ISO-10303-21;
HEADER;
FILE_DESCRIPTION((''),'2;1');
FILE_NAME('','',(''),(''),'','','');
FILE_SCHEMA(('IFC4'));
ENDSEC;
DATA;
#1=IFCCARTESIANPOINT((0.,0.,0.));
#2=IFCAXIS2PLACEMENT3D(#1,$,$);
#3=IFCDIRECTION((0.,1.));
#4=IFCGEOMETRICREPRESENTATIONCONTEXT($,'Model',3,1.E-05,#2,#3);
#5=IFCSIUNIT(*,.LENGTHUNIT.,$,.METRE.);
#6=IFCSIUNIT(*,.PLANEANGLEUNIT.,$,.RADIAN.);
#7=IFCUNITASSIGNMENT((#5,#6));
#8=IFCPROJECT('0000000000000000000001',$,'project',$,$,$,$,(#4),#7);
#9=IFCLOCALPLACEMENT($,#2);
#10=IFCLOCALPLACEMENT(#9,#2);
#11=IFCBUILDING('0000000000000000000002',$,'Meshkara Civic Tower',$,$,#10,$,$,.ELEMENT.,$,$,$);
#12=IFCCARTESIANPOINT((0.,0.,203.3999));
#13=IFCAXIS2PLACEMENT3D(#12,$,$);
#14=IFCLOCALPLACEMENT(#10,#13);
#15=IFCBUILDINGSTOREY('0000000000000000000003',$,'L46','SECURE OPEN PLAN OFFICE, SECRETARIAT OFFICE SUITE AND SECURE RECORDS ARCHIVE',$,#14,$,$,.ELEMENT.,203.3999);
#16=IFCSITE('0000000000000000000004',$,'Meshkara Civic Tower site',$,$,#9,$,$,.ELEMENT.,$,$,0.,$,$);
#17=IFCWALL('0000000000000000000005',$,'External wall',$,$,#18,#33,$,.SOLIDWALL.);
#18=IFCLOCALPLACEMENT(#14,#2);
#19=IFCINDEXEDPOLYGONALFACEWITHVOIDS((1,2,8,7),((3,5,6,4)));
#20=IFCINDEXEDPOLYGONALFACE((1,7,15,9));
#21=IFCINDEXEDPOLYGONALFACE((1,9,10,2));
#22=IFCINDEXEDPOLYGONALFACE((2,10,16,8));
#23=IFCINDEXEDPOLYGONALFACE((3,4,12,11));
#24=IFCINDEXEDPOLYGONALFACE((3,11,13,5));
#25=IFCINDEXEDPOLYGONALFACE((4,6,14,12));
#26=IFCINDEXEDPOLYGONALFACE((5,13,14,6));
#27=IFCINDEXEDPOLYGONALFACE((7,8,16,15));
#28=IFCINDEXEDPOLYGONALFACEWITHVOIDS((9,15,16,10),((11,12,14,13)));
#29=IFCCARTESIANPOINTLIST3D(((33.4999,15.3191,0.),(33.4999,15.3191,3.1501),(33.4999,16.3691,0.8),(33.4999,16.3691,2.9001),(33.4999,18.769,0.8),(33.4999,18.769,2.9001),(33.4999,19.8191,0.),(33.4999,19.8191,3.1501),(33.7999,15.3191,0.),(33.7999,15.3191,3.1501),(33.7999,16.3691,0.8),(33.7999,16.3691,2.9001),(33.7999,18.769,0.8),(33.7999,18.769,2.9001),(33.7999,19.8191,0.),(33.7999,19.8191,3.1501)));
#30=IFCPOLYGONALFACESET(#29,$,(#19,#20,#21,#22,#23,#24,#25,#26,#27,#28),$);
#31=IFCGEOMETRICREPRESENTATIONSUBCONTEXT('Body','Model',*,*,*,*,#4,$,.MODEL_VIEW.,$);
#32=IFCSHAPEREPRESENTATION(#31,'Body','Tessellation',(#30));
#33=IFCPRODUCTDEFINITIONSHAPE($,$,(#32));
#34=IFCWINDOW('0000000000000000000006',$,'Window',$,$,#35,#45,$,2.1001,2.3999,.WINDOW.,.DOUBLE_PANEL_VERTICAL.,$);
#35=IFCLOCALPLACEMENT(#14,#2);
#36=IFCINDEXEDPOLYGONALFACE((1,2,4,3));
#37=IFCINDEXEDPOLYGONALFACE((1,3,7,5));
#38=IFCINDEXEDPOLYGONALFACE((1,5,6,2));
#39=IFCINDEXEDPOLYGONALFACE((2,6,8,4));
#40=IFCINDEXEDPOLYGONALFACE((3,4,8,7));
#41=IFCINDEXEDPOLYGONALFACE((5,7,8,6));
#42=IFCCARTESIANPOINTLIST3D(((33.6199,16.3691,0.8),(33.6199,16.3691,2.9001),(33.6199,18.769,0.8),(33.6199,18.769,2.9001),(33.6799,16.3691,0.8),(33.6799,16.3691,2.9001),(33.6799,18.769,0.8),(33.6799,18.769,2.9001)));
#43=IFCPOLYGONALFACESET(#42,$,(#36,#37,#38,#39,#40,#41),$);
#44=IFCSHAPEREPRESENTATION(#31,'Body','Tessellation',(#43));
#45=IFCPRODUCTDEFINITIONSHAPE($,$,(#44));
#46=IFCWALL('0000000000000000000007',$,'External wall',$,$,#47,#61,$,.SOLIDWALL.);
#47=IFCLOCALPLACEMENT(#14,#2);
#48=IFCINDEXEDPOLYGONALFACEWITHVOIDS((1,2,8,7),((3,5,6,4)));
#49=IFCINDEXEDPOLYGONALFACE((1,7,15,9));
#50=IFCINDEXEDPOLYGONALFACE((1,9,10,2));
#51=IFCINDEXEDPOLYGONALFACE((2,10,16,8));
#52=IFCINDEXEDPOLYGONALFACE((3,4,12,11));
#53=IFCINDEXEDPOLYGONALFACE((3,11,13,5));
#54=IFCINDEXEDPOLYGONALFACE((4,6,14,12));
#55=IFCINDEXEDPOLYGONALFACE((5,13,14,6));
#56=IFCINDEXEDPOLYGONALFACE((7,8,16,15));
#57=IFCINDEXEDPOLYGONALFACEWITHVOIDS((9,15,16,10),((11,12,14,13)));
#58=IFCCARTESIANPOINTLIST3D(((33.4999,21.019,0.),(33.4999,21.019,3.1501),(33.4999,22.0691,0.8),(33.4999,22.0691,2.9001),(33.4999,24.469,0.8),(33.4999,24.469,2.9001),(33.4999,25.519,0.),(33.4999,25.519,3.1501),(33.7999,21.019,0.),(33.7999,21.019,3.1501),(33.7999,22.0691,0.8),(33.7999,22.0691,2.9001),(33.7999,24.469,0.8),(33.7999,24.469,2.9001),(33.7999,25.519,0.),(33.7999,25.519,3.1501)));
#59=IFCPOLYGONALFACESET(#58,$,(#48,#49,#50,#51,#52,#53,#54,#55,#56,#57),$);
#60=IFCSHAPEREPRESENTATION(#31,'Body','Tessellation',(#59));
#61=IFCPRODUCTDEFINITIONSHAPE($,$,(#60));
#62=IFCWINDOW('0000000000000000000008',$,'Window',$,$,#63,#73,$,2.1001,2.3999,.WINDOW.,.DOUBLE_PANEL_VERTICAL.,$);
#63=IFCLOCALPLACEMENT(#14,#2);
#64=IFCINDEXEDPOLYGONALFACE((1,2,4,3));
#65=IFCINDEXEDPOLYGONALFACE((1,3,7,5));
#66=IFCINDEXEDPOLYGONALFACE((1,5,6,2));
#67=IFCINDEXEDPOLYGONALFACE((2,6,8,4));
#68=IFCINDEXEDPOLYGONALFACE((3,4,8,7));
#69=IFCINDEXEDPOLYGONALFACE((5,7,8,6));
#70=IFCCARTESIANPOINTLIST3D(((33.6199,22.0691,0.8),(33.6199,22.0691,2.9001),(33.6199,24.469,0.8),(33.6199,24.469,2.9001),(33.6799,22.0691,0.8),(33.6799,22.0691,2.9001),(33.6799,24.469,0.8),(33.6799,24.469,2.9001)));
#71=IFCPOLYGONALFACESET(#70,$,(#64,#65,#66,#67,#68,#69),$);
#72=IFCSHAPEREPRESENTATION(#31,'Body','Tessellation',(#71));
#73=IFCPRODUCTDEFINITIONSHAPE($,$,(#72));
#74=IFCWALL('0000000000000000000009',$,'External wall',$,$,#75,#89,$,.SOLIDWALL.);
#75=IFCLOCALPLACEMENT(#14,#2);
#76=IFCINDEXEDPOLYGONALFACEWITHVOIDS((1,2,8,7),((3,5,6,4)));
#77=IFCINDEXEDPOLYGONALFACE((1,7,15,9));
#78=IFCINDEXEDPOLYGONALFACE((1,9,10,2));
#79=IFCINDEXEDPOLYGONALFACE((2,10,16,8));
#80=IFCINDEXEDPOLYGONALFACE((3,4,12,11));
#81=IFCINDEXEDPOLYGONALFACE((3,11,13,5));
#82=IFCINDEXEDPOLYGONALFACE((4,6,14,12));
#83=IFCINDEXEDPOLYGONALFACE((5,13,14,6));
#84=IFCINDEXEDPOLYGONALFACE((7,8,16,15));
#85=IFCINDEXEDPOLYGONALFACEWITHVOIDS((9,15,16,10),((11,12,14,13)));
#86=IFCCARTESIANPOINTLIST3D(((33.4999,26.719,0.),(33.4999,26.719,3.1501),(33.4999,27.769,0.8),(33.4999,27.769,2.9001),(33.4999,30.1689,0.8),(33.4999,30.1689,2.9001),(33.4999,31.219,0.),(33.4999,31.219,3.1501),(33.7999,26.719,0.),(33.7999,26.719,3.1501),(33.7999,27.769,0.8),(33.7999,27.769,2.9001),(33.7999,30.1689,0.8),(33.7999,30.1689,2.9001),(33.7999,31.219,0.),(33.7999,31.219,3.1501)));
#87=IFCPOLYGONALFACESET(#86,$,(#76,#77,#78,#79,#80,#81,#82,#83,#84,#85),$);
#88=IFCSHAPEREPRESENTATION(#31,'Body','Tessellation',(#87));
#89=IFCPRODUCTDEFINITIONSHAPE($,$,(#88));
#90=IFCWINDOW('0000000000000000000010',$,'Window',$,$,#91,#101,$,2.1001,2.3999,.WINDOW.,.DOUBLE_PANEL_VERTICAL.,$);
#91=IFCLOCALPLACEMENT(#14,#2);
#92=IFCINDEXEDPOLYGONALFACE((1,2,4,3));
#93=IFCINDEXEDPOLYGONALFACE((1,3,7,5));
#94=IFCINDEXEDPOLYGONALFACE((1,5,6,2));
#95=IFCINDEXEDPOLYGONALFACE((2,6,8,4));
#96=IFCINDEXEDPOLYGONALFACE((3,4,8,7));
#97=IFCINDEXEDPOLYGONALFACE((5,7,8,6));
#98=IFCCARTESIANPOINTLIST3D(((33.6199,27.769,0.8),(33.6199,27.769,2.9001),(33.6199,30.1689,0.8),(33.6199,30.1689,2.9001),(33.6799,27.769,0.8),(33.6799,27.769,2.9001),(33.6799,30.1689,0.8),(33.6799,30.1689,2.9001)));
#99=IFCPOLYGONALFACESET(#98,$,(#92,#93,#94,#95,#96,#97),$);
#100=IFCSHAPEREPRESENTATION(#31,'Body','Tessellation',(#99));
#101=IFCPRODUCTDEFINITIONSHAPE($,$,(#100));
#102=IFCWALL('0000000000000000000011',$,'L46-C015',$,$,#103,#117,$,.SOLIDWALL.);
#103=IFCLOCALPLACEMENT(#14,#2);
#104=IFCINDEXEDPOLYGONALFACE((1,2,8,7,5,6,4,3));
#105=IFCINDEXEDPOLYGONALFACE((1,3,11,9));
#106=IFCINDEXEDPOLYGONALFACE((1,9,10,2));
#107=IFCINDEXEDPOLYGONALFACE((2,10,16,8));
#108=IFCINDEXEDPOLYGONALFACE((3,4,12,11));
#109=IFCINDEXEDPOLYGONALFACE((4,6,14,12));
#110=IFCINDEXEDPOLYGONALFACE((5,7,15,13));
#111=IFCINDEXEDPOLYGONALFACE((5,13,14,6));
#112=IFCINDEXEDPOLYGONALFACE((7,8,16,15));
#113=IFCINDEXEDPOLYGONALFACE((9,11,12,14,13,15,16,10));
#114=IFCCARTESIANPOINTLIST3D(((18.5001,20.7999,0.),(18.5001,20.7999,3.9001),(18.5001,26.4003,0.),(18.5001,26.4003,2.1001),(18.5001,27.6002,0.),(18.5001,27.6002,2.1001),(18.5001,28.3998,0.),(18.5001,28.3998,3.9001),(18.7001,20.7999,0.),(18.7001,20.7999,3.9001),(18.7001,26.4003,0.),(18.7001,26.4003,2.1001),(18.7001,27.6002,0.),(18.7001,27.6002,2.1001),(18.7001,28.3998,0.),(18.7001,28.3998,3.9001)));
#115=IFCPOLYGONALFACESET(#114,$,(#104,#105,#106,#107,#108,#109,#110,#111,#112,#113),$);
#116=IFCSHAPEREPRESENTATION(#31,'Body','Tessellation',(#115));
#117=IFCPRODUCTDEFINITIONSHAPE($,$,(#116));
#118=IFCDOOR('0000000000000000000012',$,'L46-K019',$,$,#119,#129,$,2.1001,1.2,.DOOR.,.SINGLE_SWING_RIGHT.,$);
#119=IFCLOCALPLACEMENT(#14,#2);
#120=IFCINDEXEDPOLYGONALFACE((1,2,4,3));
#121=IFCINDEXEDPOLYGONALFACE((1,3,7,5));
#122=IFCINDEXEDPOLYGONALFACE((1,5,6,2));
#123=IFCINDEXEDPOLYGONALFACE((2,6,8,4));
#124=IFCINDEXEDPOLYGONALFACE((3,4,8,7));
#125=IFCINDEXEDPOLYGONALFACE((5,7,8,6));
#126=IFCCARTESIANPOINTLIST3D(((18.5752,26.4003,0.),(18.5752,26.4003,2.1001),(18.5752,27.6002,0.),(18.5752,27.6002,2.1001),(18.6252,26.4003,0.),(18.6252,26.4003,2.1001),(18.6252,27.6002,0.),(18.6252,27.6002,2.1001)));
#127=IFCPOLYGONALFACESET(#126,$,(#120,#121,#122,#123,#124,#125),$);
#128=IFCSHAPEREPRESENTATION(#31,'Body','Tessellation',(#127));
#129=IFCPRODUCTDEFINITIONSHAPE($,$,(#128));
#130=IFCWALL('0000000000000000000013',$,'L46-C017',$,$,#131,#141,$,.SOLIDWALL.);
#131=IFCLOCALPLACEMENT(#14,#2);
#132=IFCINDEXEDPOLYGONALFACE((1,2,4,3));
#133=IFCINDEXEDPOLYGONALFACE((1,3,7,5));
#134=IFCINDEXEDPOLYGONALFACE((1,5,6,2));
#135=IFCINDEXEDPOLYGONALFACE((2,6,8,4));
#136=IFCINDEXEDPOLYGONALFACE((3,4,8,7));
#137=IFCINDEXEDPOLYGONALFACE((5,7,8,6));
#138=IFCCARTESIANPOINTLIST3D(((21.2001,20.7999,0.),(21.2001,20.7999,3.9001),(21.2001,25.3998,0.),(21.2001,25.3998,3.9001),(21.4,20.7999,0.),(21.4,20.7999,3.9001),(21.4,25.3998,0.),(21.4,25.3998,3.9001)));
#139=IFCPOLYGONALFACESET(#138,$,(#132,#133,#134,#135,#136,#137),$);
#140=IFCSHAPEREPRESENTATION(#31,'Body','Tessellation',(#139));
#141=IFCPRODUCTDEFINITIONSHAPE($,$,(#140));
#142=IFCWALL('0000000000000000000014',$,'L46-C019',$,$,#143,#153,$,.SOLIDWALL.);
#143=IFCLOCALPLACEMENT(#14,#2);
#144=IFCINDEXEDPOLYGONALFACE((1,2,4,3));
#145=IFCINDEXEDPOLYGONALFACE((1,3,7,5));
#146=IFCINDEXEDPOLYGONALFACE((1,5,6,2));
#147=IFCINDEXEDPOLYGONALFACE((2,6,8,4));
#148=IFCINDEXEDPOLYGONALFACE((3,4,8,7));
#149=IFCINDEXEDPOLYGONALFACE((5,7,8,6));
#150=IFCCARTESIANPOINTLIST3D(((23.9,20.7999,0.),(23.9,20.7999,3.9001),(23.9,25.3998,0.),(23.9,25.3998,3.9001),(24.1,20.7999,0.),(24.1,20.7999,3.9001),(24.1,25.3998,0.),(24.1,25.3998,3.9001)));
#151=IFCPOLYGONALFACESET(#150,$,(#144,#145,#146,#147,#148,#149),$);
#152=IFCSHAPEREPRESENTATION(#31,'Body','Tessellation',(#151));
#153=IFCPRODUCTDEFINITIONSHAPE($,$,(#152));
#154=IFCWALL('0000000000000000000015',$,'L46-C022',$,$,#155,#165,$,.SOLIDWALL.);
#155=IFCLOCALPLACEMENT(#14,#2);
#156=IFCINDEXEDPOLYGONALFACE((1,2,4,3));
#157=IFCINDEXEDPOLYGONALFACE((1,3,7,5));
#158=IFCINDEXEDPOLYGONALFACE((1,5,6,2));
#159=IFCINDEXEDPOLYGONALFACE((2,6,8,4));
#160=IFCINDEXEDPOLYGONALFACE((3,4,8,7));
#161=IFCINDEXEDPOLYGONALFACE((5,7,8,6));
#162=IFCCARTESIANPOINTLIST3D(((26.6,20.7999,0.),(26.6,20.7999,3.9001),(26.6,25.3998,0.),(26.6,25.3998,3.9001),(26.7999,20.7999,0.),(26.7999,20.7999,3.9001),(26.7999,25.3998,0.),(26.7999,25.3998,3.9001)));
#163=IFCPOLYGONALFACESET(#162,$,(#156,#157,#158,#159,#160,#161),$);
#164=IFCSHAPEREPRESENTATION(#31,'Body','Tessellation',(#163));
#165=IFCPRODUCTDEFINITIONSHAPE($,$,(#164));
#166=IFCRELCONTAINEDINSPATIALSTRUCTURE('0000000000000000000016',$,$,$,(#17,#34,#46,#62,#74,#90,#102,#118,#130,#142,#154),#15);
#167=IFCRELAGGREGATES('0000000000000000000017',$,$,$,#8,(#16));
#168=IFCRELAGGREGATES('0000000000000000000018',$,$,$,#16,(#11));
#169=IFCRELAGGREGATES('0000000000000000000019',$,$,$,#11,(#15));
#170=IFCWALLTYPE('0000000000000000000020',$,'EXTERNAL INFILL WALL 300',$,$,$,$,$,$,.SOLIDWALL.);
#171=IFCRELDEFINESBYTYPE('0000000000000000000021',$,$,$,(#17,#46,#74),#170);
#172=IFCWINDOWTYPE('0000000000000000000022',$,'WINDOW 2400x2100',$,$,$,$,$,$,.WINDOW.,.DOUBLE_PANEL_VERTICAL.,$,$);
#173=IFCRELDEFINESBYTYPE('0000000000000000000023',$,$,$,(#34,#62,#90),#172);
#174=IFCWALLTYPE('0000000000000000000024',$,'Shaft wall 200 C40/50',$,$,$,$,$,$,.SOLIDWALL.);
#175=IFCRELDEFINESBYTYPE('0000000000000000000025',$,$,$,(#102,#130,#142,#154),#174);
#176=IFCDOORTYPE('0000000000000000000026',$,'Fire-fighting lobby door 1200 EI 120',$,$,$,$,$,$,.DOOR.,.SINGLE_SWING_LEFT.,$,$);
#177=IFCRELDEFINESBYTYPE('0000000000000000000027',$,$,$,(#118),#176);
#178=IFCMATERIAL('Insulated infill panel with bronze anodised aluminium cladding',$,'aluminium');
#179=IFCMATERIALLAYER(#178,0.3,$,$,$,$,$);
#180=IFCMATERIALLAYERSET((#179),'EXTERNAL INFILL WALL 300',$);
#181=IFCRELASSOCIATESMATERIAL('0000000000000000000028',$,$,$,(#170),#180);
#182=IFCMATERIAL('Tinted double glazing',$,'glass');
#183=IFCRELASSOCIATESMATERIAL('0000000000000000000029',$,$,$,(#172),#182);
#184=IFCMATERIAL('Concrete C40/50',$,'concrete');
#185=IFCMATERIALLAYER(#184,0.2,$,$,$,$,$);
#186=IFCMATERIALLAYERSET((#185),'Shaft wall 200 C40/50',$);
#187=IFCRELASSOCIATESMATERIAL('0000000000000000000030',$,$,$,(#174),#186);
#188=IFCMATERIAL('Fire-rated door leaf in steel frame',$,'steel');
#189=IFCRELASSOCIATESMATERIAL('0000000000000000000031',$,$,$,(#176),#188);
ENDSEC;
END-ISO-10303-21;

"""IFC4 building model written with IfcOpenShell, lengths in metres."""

from ifc_helpers import new_model, si_unit, direction, frame, frame_2d, origin, place, context, subcontext, project, spatial, rectangle, extrude, material, layer, layer_set, type_object, element, fill, save


model = new_model("IFC4")

# Units and contexts
model_context = context("Model", 3, precision=1e-05, world=origin(), true_north=direction((0.0, 1.0)))
body_context = subcontext(model_context, "Body", "Model", "MODEL_VIEW")
ifc_project = project(units=[si_unit("LENGTHUNIT", "METRE"), si_unit("PLANEANGLEUNIT", "RADIAN")], contexts=[model_context])

# Site, building, storey
site_placement = place(None, origin())
site = spatial("IfcSite", under=ifc_project, at=site_placement, Name="Meshkara Civic Tower site", CompositionType="ELEMENT", RefElevation=0.0)
building_placement = place(site_placement, origin())
building = spatial("IfcBuilding", under=site, at=building_placement, Name="Meshkara Civic Tower", CompositionType="ELEMENT")
storey_placement = place(building_placement, frame((0.0, 0.0, 203.3999)))
storey = spatial("IfcBuildingStorey", under=building, at=storey_placement, Name="L46", Description="SECURE OPEN PLAN OFFICE, SECRETARIAT OFFICE SUITE AND SECURE RECORDS ARCHIVE", CompositionType="ELEMENT", Elevation=203.3999)

# Walls, openings, windows
ifc_material_1 = material(Name="Insulated infill panel with bronze anodised aluminium cladding", Category="aluminium")
ifc_layer_1 = layer(ifc_material_1, 0.3)
ifc_layer_set_1 = layer_set([ifc_layer_1], Name="EXTERNAL INFILL WALL 300")
wall_type_1 = type_object("IfcWallType", Name="EXTERNAL INFILL WALL 300", PredefinedType="SOLIDWALL", material=ifc_layer_set_1)
ifc_material_2 = material(Name="Tinted double glazing", Category="glass")
window_type = type_object("IfcWindowType", Name="WINDOW 2400x2100", PartitioningType="DOUBLE_PANEL_VERTICAL", PredefinedType="WINDOW", material=ifc_material_2)
wall_1_placement = place(storey_placement, frame((33.6499, 15.3191, 0.0), z_axis=(0.0, 0.0, 1.0), x_axis=(0.0, 1.0, 0.0)))
wall_1 = element("IfcWall", 1, at=wall_1_placement, inside=storey, type_object=wall_type_1, Name="External wall", PredefinedType="SOLIDWALL", context=body_context, shape_type="SweptSolid", body=[
    extrude(rectangle(XDim=4.5, YDim=0.3, at=frame_2d((2.25, 0.0))), origin(), (0.0, 0.0, 1.0), 3.1501),
])
opening_1_placement = place(wall_1_placement, frame((1.05, 0.0, 0.8)))
opening_1 = element("IfcOpeningElement", 2, at=opening_1_placement, cuts=wall_1, PredefinedType="OPENING", context=body_context, shape_type="SweptSolid", body=[
    extrude(rectangle(XDim=2.3999, YDim=2.1001, at=frame_2d((1.2, 1.05))), frame((0.0, 0.1599, 0.0), z_axis=(0.0, -1.0, 0.0), x_axis=(1.0, 0.0, 0.0)), (0.0, 0.0, 1.0), 0.3201),
])
window_1_placement = place(opening_1_placement, origin())
window_1 = element("IfcWindow", 3, at=window_1_placement, inside=storey, type_object=window_type, Name="Window", OverallHeight=2.1001, OverallWidth=2.3999, PartitioningType="DOUBLE_PANEL_VERTICAL", PredefinedType="WINDOW", context=body_context, shape_type="SweptSolid", body=[
    extrude(rectangle(XDim=2.3999, YDim=2.1001, at=frame_2d((1.2, 1.05))), frame((0.0, 0.03, 0.0), z_axis=(0.0, -1.0, 0.0), x_axis=(1.0, 0.0, 0.0)), (0.0, 0.0, 1.0), 0.0601),
])
fill(opening_1, window_1)
wall_2_placement = place(storey_placement, frame((33.6499, 21.019, 0.0), z_axis=(0.0, 0.0, 1.0), x_axis=(0.0, 1.0, 0.0)))
wall_2 = element("IfcWall", 4, at=wall_2_placement, inside=storey, type_object=wall_type_1, Name="External wall", PredefinedType="SOLIDWALL", context=body_context, shape_type="SweptSolid", body=[
    extrude(rectangle(XDim=4.5, YDim=0.3, at=frame_2d((2.25, 0.0))), origin(), (0.0, 0.0, 1.0), 3.1501),
])
opening_2_placement = place(wall_2_placement, frame((1.05, 0.0, 0.8)))
opening_2 = element("IfcOpeningElement", 5, at=opening_2_placement, cuts=wall_2, PredefinedType="OPENING", context=body_context, shape_type="SweptSolid", body=[
    extrude(rectangle(XDim=2.3999, YDim=2.1001, at=frame_2d((1.2, 1.05))), frame((0.0, 0.1599, 0.0), z_axis=(0.0, -1.0, 0.0), x_axis=(1.0, 0.0, 0.0)), (0.0, 0.0, 1.0), 0.3201),
])
window_2_placement = place(opening_2_placement, origin())
window_2 = element("IfcWindow", 6, at=window_2_placement, inside=storey, type_object=window_type, Name="Window", OverallHeight=2.1001, OverallWidth=2.3999, PartitioningType="DOUBLE_PANEL_VERTICAL", PredefinedType="WINDOW", context=body_context, shape_type="SweptSolid", body=[
    extrude(rectangle(XDim=2.3999, YDim=2.1001, at=frame_2d((1.2, 1.05))), frame((0.0, 0.03, 0.0), z_axis=(0.0, -1.0, 0.0), x_axis=(1.0, 0.0, 0.0)), (0.0, 0.0, 1.0), 0.0601),
])
fill(opening_2, window_2)
wall_3_placement = place(storey_placement, frame((33.6499, 26.719, 0.0), z_axis=(0.0, 0.0, 1.0), x_axis=(0.0, 1.0, 0.0)))
wall_3 = element("IfcWall", 7, at=wall_3_placement, inside=storey, type_object=wall_type_1, Name="External wall", PredefinedType="SOLIDWALL", context=body_context, shape_type="SweptSolid", body=[
    extrude(rectangle(XDim=4.5, YDim=0.3, at=frame_2d((2.25, 0.0))), origin(), (0.0, 0.0, 1.0), 3.1501),
])
opening_3_placement = place(wall_3_placement, frame((1.05, 0.0, 0.8)))
opening_3 = element("IfcOpeningElement", 8, at=opening_3_placement, cuts=wall_3, PredefinedType="OPENING", context=body_context, shape_type="SweptSolid", body=[
    extrude(rectangle(XDim=2.3999, YDim=2.1001, at=frame_2d((1.2, 1.05))), frame((0.0, 0.1599, 0.0), z_axis=(0.0, -1.0, 0.0), x_axis=(1.0, 0.0, 0.0)), (0.0, 0.0, 1.0), 0.3201),
])
window_3_placement = place(opening_3_placement, origin())
window_3 = element("IfcWindow", 9, at=window_3_placement, inside=storey, type_object=window_type, Name="Window", OverallHeight=2.1001, OverallWidth=2.3999, PartitioningType="DOUBLE_PANEL_VERTICAL", PredefinedType="WINDOW", context=body_context, shape_type="SweptSolid", body=[
    extrude(rectangle(XDim=2.3999, YDim=2.1001, at=frame_2d((1.2, 1.05))), frame((0.0, 0.03, 0.0), z_axis=(0.0, -1.0, 0.0), x_axis=(1.0, 0.0, 0.0)), (0.0, 0.0, 1.0), 0.0601),
])
fill(opening_3, window_3)

# Wall, opening, door
ifc_material_3 = material(Name="Concrete C40/50", Category="concrete")
ifc_layer_2 = layer(ifc_material_3, 0.2)
ifc_layer_set_2 = layer_set([ifc_layer_2], Name="Shaft wall 200 C40/50")
wall_type_2 = type_object("IfcWallType", Name="Shaft wall 200 C40/50", PredefinedType="SOLIDWALL", material=ifc_layer_set_2)
wall_4_placement = place(storey_placement, frame((18.6001, 20.8, 0.0), z_axis=(0.0, 0.0, 1.0), x_axis=(0.0, 1.0, 0.0)))
wall_4 = element("IfcWall", 10, at=wall_4_placement, inside=storey, type_object=wall_type_2, Name="L46-C015", PredefinedType="SOLIDWALL", context=body_context, shape_type="SweptSolid", body=[
    extrude(rectangle(XDim=7.5999, YDim=0.2, at=frame_2d((3.7998, 0.0))), origin(), (0.0, 0.0, 1.0), 3.9001),
])
opening_4_placement = place(wall_4_placement, frame((5.6001, 0.0, 0.0)))
opening_4 = element("IfcOpeningElement", 11, at=opening_4_placement, cuts=wall_4, PredefinedType="OPENING", context=body_context, shape_type="SweptSolid", body=[
    extrude(rectangle(XDim=1.2, YDim=2.1001, at=frame_2d((0.6001, 1.05))), frame((0.0, 0.1099, 0.0), z_axis=(0.0, -1.0, 0.0), x_axis=(1.0, 0.0, 0.0)), (0.0, 0.0, 1.0), 0.22),
])
ifc_material_4 = material(Name="Fire-rated door leaf in steel frame", Category="steel")
door_type = type_object("IfcDoorType", Name="Fire-fighting lobby door 1200 EI 120", OperationType="SINGLE_SWING_LEFT", PredefinedType="DOOR", material=ifc_material_4)
door_placement = place(opening_4_placement, origin())
door = element("IfcDoor", 12, at=door_placement, inside=storey, type_object=door_type, Name="L46-K019", OperationType="SINGLE_SWING_RIGHT", OverallHeight=2.1001, OverallWidth=1.2, PredefinedType="DOOR", context=body_context, shape_type="SweptSolid", body=[
    extrude(rectangle(XDim=1.2, YDim=2.1001, at=frame_2d((0.6001, 1.05))), frame((0.0, 0.0249, 0.0), z_axis=(0.0, -1.0, 0.0), x_axis=(1.0, 0.0, 0.0)), (0.0, 0.0, 1.0), 0.05),
])
fill(opening_4, door)

# Walls
for number, where, z_axis, x_axis, name in (
    (13, (21.3, 20.8, 0.0), (0.0, 0.0, 1.0), (0.0, 1.0, 0.0), "L46-C017"),
    (14, (24.0, 20.8, 0.0), (0.0, 0.0, 1.0), (0.0, 1.0, 0.0), "L46-C019"),
    (15, (26.7, 20.8, 0.0), (0.0, 0.0, 1.0), (0.0, 1.0, 0.0), "L46-C022"),
):
    element("IfcWall", number, at=place(storey_placement, frame(where, z_axis=z_axis, x_axis=x_axis)), inside=storey, type_object=wall_type_2, Name=name, PredefinedType="SOLIDWALL", context=body_context, shape_type="SweptSolid", body=[
        extrude(rectangle(XDim=4.5999, YDim=0.2, at=frame_2d((2.2998, 0.0))), origin(), (0.0, 0.0, 1.0), 3.9001),
    ])

save(model, "model.ifc")
